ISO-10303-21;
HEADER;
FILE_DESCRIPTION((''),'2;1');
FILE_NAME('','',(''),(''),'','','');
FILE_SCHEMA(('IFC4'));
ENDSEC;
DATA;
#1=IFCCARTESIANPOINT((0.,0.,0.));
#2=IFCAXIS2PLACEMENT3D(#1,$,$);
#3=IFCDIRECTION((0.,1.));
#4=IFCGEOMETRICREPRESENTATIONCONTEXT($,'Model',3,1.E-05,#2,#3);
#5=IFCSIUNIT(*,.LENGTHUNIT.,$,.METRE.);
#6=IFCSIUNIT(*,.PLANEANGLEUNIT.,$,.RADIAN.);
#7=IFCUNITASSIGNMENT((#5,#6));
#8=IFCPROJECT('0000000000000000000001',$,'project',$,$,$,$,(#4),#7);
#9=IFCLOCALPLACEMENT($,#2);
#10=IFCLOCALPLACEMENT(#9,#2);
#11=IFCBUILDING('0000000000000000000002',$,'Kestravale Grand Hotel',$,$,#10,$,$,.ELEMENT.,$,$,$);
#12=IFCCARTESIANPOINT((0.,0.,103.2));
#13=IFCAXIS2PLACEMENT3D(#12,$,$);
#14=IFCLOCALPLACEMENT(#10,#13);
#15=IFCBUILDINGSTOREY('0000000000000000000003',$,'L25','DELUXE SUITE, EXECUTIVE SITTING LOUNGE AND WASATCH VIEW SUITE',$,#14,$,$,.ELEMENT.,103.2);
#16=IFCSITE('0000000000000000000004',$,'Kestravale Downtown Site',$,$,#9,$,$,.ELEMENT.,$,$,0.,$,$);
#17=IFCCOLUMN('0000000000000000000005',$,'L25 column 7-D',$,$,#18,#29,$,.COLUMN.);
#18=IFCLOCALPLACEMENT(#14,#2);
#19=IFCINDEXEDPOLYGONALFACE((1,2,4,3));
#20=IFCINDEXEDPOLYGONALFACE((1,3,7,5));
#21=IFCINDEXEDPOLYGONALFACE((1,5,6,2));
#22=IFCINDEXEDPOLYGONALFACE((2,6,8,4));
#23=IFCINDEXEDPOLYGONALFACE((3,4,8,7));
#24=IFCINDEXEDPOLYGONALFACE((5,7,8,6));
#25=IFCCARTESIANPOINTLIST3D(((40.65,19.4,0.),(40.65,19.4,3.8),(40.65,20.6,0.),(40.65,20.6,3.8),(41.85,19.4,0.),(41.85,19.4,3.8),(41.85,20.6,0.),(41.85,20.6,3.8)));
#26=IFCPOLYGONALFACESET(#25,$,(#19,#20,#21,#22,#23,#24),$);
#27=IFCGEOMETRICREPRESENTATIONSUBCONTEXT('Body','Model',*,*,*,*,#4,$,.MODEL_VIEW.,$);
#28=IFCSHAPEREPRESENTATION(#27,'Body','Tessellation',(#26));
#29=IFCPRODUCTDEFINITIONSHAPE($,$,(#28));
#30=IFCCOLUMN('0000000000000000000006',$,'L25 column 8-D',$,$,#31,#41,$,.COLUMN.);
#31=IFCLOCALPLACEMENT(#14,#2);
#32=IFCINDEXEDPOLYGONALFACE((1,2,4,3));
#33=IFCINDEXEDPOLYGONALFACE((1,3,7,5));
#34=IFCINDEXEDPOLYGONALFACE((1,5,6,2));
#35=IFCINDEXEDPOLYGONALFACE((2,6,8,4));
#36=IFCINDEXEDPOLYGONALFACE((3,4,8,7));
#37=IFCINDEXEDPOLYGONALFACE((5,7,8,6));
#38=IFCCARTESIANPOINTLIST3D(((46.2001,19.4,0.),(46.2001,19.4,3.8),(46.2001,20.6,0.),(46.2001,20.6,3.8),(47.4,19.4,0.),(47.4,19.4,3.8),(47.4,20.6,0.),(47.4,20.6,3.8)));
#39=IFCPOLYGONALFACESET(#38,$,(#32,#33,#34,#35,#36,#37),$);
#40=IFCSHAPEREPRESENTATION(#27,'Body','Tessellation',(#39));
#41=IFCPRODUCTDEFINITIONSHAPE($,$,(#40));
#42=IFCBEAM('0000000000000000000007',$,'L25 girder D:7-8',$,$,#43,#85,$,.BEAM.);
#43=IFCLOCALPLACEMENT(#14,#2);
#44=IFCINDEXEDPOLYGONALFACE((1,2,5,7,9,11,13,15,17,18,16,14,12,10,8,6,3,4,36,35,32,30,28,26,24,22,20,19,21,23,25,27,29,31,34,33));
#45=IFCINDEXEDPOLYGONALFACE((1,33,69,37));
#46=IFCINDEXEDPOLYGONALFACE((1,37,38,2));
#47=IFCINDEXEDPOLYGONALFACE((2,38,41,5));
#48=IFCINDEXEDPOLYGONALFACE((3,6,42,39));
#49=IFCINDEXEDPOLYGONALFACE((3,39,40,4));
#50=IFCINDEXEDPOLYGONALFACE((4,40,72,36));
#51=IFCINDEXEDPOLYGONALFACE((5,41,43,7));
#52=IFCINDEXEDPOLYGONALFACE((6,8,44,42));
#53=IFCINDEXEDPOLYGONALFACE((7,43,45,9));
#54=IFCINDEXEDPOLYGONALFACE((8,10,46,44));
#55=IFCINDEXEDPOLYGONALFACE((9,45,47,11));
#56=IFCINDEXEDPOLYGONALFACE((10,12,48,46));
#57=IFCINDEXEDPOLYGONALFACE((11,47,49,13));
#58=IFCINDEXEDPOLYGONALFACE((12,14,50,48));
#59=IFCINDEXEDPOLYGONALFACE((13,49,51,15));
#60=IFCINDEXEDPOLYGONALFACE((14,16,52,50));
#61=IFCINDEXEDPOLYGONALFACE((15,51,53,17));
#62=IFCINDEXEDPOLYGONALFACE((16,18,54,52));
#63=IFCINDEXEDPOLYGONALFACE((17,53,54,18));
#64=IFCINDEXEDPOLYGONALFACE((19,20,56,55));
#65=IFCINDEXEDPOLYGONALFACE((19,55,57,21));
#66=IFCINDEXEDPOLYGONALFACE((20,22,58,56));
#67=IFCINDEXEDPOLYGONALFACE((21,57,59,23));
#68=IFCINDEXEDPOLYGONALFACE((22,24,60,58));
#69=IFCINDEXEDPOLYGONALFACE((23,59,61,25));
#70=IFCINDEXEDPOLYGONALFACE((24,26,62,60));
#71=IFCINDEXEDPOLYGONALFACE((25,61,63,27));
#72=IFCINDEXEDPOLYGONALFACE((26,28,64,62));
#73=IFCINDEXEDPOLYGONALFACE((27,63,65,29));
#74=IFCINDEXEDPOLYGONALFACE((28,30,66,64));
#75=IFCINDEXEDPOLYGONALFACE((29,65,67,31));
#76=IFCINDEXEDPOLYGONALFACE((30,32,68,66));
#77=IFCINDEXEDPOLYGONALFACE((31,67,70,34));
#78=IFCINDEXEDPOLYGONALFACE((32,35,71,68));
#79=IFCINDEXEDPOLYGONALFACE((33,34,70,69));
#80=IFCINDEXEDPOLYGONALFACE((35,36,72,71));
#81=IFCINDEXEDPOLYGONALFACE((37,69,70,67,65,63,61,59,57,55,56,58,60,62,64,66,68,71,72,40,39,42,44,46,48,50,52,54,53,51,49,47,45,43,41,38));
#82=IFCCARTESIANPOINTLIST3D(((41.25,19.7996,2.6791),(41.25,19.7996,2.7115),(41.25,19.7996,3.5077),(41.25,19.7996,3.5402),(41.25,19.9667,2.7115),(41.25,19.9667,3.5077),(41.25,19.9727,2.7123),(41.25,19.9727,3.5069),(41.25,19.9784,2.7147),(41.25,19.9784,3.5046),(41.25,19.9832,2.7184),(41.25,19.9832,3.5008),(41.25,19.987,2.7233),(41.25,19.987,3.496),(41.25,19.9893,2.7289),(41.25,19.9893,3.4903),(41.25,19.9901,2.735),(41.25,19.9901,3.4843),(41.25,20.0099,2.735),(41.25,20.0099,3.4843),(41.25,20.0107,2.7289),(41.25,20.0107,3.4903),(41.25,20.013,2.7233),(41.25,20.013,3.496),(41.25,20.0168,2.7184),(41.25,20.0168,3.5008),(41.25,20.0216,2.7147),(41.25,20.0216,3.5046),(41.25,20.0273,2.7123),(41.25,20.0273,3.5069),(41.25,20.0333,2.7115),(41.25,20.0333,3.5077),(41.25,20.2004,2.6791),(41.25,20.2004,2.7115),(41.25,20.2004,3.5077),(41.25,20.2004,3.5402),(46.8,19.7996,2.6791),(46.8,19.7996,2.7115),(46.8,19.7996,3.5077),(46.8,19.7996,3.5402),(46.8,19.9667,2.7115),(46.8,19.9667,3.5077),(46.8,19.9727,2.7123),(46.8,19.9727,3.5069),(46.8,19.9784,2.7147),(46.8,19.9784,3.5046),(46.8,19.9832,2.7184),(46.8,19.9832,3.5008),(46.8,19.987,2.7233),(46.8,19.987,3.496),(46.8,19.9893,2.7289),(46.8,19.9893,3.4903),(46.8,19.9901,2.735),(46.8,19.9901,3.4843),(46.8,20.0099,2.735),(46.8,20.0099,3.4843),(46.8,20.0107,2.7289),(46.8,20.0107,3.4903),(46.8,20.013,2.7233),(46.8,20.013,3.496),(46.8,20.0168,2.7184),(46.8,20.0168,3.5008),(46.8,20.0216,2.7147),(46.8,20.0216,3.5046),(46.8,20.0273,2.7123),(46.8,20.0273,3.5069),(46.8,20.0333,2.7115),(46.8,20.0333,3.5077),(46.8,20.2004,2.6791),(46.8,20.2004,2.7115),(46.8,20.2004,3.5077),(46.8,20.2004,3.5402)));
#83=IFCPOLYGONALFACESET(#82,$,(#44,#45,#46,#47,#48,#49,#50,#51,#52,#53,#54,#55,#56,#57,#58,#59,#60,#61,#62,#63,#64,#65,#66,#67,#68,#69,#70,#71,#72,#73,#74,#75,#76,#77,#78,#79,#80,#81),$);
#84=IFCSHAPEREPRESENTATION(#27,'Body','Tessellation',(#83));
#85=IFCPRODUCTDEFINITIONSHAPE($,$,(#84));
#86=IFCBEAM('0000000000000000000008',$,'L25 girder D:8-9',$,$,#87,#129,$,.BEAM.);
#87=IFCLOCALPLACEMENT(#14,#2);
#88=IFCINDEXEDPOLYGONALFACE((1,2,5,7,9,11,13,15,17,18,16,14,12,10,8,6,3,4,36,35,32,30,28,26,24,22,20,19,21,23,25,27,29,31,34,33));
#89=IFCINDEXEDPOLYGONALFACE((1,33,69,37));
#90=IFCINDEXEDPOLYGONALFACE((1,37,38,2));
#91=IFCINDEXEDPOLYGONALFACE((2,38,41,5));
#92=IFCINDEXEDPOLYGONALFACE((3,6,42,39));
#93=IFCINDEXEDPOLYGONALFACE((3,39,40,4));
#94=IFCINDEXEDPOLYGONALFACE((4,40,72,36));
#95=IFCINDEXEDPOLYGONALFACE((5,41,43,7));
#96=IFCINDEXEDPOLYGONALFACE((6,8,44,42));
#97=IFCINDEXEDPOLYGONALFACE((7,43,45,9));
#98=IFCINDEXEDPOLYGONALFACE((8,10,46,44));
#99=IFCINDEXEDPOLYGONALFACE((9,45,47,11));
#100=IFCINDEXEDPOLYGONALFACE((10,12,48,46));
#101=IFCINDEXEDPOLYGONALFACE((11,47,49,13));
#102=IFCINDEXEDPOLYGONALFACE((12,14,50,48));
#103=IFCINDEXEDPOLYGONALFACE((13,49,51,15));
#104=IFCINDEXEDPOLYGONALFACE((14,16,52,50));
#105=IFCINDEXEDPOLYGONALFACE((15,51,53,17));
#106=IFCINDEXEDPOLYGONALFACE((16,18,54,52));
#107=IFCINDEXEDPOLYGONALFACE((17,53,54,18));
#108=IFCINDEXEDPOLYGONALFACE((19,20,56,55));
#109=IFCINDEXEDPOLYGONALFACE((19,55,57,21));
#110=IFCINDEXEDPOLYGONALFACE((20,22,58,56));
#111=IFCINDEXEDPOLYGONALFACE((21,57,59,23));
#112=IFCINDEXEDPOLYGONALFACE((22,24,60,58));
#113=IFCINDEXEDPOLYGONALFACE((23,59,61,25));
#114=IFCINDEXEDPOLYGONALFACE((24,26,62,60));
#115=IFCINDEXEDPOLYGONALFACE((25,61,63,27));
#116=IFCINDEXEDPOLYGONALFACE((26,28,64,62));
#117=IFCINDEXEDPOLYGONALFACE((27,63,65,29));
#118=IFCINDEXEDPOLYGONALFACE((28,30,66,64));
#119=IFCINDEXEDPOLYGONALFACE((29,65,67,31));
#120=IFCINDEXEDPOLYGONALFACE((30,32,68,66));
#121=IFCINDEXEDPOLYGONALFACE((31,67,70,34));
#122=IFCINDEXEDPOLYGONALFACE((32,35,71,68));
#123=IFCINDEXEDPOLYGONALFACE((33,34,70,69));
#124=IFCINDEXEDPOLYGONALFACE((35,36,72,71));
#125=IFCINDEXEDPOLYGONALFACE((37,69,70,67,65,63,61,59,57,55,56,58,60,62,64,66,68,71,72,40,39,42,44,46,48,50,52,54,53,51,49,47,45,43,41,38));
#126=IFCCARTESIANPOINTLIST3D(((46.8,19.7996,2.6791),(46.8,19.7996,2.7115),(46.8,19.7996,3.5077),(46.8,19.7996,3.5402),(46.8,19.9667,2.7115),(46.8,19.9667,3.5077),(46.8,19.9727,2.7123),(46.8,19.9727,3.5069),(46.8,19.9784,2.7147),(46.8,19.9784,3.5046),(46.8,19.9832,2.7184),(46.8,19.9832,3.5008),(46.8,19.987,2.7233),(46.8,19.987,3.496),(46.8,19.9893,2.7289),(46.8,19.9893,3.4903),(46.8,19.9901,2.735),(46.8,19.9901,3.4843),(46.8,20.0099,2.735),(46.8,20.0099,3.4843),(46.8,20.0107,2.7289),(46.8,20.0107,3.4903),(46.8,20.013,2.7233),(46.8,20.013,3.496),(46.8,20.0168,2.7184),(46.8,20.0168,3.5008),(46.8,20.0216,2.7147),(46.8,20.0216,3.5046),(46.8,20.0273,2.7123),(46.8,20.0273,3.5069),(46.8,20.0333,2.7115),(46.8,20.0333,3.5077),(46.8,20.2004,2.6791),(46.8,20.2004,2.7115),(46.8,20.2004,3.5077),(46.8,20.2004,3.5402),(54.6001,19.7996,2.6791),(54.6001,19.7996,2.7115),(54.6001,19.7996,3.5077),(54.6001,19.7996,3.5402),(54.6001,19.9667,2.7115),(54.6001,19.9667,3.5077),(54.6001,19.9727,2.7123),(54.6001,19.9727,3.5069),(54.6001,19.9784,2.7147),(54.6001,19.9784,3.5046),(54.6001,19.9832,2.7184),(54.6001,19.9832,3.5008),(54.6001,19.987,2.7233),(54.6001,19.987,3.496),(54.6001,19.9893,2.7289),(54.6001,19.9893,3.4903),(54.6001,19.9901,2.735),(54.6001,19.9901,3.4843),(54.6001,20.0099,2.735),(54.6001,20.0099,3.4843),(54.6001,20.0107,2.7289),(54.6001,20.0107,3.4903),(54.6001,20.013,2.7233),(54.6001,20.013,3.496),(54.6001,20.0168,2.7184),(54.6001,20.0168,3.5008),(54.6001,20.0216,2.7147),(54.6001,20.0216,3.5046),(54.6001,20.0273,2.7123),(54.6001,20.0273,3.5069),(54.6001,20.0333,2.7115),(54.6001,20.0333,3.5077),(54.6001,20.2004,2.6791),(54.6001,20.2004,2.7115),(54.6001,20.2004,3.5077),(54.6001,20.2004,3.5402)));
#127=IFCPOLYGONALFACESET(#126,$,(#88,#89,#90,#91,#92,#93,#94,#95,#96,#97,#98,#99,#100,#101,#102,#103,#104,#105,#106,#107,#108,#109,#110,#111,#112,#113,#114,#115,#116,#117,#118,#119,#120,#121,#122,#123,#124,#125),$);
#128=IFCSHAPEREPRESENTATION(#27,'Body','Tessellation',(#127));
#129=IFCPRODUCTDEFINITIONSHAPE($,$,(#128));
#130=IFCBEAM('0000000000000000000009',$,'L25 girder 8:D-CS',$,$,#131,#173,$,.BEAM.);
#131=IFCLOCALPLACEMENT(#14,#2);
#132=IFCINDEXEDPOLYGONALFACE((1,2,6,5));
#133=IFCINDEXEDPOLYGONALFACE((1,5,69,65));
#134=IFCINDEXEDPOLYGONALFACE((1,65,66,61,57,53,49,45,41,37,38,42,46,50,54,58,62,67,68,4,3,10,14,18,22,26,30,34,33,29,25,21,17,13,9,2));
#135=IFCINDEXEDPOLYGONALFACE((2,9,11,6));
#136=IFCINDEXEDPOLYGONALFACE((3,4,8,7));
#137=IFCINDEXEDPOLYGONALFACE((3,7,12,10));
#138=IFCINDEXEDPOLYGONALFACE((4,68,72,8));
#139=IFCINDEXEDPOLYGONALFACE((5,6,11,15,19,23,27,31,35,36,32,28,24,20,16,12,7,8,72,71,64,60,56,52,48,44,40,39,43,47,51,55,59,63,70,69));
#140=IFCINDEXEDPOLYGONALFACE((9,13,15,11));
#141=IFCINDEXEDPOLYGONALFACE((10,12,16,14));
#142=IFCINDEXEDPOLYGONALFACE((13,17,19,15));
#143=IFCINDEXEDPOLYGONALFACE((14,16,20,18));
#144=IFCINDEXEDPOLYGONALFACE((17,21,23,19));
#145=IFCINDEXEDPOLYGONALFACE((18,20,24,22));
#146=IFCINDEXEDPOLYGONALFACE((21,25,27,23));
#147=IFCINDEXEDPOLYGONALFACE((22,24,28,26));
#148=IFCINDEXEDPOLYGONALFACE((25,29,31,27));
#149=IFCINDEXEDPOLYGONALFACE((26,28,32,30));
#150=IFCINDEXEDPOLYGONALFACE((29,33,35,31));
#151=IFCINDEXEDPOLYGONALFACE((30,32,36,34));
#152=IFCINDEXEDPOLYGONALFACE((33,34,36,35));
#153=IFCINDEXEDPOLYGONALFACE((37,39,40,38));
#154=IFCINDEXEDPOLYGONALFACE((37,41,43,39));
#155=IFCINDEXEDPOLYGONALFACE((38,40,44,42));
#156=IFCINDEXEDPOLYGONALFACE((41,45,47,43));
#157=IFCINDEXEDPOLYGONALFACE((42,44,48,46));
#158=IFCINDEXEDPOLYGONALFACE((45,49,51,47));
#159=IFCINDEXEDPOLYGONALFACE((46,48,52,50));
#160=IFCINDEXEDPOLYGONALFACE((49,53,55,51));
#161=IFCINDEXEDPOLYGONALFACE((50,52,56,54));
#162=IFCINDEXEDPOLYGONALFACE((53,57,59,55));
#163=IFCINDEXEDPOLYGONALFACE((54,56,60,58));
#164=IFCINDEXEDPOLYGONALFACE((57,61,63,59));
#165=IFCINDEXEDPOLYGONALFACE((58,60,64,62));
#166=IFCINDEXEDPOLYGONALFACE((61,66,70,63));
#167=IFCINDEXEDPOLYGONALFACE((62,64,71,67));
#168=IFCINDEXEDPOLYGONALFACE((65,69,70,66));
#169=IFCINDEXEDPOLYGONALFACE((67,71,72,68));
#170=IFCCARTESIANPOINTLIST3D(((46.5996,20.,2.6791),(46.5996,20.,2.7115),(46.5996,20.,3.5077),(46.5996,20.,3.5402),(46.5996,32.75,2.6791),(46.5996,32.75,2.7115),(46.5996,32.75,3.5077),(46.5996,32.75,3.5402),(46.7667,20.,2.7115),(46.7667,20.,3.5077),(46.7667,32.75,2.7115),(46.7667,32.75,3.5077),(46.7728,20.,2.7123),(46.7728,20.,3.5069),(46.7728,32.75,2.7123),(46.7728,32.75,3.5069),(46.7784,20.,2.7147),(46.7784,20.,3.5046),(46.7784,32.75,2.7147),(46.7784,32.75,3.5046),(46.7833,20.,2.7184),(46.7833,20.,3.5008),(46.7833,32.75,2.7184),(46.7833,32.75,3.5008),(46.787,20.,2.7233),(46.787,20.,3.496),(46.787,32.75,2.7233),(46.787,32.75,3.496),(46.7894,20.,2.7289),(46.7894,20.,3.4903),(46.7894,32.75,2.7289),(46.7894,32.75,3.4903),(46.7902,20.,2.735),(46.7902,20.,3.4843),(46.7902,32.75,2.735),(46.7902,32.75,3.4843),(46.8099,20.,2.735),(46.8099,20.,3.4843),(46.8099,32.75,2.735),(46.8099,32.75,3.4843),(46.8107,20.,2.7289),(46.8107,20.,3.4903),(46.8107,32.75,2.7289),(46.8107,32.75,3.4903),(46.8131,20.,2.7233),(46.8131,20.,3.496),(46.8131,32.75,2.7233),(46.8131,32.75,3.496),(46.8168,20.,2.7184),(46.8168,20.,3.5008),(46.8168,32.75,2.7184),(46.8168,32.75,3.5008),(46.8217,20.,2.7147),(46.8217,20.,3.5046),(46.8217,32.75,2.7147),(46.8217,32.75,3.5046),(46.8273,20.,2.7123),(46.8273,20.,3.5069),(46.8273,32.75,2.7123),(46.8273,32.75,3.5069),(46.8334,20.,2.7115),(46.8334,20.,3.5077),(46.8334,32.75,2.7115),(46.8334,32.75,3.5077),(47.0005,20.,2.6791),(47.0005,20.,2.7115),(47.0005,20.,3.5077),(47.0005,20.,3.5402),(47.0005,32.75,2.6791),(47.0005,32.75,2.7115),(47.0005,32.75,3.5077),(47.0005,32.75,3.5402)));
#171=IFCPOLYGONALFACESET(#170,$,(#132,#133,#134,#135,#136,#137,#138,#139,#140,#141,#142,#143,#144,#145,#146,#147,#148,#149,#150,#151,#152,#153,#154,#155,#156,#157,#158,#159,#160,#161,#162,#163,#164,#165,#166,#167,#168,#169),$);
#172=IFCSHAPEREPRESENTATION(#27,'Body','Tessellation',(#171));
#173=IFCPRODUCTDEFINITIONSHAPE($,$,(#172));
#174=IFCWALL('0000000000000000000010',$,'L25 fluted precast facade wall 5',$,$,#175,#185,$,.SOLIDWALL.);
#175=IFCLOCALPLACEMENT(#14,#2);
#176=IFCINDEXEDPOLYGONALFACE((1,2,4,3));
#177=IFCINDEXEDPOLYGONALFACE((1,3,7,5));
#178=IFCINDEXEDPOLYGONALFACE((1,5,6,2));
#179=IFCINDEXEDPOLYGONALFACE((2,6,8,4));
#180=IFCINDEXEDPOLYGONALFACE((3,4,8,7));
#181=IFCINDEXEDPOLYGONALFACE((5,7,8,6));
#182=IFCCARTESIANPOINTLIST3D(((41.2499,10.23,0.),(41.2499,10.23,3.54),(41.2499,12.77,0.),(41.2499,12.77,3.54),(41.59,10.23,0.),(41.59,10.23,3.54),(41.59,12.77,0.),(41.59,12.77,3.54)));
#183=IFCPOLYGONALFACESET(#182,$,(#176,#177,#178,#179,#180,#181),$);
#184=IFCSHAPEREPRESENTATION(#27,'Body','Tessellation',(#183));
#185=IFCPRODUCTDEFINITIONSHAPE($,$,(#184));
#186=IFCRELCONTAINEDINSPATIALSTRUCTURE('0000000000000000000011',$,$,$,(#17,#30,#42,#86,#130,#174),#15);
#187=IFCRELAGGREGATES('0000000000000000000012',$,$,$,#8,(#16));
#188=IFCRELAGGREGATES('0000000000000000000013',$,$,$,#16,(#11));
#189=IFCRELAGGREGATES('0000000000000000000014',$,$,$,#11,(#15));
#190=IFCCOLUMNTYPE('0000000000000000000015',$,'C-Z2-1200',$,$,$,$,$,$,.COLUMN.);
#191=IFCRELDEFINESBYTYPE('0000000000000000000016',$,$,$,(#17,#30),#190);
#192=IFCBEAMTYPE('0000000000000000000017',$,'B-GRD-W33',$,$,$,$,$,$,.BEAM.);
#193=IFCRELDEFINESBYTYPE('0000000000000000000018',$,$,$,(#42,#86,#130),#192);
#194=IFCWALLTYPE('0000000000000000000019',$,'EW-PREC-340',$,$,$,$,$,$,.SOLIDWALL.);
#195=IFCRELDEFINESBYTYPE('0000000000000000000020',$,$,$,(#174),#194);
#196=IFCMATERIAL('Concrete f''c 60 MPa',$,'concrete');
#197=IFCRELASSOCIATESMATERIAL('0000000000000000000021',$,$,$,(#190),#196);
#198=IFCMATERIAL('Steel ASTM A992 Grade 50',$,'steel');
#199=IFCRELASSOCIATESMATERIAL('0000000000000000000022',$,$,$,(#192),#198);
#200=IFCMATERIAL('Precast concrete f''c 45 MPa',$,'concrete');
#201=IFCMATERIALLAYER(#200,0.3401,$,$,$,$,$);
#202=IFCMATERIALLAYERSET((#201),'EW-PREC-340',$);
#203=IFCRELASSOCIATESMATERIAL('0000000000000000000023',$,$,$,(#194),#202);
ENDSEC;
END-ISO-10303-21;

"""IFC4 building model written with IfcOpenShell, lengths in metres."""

from ifc_helpers import new_model, si_unit, direction, frame, frame_2d, origin, origin_2d, place, context, subcontext, project, spatial, rectangle, i_section, extrude, material, layer, layer_set, material_profile, profile_set, type_object, element, save


model = new_model("IFC4")

# Units and contexts
model_context = context("Model", 3, precision=1e-05, world=origin(), true_north=direction((0.0, 1.0)))
body_context = subcontext(model_context, "Body", "Model", "MODEL_VIEW")
ifc_project = project(units=[si_unit("LENGTHUNIT", "METRE"), si_unit("PLANEANGLEUNIT", "RADIAN")], contexts=[model_context])

# Site, building, storey
site_placement = place(None, origin())
site = spatial("IfcSite", under=ifc_project, at=site_placement, Name="Kestravale Downtown Site", CompositionType="ELEMENT", RefElevation=0.0)
building_placement = place(site_placement, origin())
building = spatial("IfcBuilding", under=site, at=building_placement, Name="Kestravale Grand Hotel", CompositionType="ELEMENT")
storey_placement = place(building_placement, frame((0.0, 0.0, 103.2)))
storey = spatial("IfcBuildingStorey", under=building, at=storey_placement, Name="L25", Description="DELUXE SUITE, EXECUTIVE SITTING LOUNGE AND WASATCH VIEW SUITE", CompositionType="ELEMENT", Elevation=103.2)

# Columns
ifc_material_1 = material(Name="Concrete f'c 60 MPa", Category="concrete")
ifc_material_profile_1 = material_profile(ifc_material_1, rectangle(XDim=1.2, YDim=1.2, at=origin_2d()))
ifc_profile_set_1 = profile_set([ifc_material_profile_1], Name="Concrete f'c 60 MPa")
column_type = type_object("IfcColumnType", Name="C-Z2-1200", PredefinedType="COLUMN", material=ifc_profile_set_1)
for number, where, z_axis, x_axis, name in (
    (1, (41.25, 20.0, 0.0), (0.0, 0.0, 1.0), (1.0, 0.0, 0.0), "L25 column 7-D"),
    (2, (46.8, 20.0, 0.0), (0.0, 0.0, 1.0), (1.0, 0.0, 0.0), "L25 column 8-D"),
):
    element("IfcColumn", number, at=place(storey_placement, frame(where, z_axis=z_axis, x_axis=x_axis)), inside=storey, type_object=column_type, Name=name, PredefinedType="COLUMN", context=body_context, shape_type="SweptSolid", body=[
        extrude(rectangle(XDim=1.2, YDim=1.2, at=origin_2d()), origin(), (0.0, 0.0, 1.0), 3.8),
    ])

# Beams
ifc_material_2 = material(Name="Steel ASTM A992 Grade 50", Category="steel")
ifc_material_profile_2 = material_profile(ifc_material_2, i_section(OverallWidth=0.4009, OverallDepth=0.8611, WebThickness=0.0198, FlangeThickness=0.0325, FilletRadius=0.0234, at=origin_2d()))
ifc_profile_set_2 = profile_set([ifc_material_profile_2], Name="Steel ASTM A992 Grade 50")
beam_type = type_object("IfcBeamType", Name="B-GRD-W33", PredefinedType="BEAM", material=ifc_profile_set_2)
beam_1_placement = place(storey_placement, frame((41.25, 20.0, 3.1096), z_axis=(1.0, 0.0, 0.0), x_axis=(0.0, 1.0, 0.0)))
element("IfcBeam", 3, at=beam_1_placement, inside=storey, type_object=beam_type, Name="L25 girder D:7-8", PredefinedType="BEAM", context=body_context, shape_type="SweptSolid", body=[
    extrude(i_section(OverallWidth=0.4009, OverallDepth=0.8611, WebThickness=0.0198, FlangeThickness=0.0325, FilletRadius=0.0234, at=origin_2d()), origin(), (0.0, 0.0, 1.0), 5.55),
])
beam_2_placement = place(storey_placement, frame((46.8, 20.0, 3.1096), z_axis=(1.0, 0.0, 0.0), x_axis=(0.0, 1.0, 0.0)))
element("IfcBeam", 4, at=beam_2_placement, inside=storey, type_object=beam_type, Name="L25 girder D:8-9", PredefinedType="BEAM", context=body_context, shape_type="SweptSolid", body=[
    extrude(i_section(OverallWidth=0.4009, OverallDepth=0.8611, WebThickness=0.0198, FlangeThickness=0.0325, FilletRadius=0.0234, at=origin_2d()), origin(), (0.0, 0.0, 1.0), 7.8),
])
beam_3_placement = place(storey_placement, frame((46.8, 20.0, 3.1096), z_axis=(0.0, 1.0, 0.0), x_axis=(-1.0, 0.0, 0.0)))
element("IfcBeam", 5, at=beam_3_placement, inside=storey, type_object=beam_type, Name="L25 girder 8:D-CS", PredefinedType="BEAM", context=body_context, shape_type="SweptSolid", body=[
    extrude(i_section(OverallWidth=0.4009, OverallDepth=0.8611, WebThickness=0.0198, FlangeThickness=0.0325, FilletRadius=0.0234, at=origin_2d()), origin(), (0.0, 0.0, 1.0), 12.75),
])

# Wall
ifc_material_3 = material(Name="Precast concrete f'c 45 MPa", Category="concrete")
ifc_layer_1 = layer(ifc_material_3, 0.3401)
ifc_layer_set_1 = layer_set([ifc_layer_1], Name="EW-PREC-340")
wall_type_1 = type_object("IfcWallType", Name="EW-PREC-340", PredefinedType="SOLIDWALL", material=ifc_layer_set_1)
wall_1_placement = place(storey_placement, frame((41.4199, 12.77, 0.0), z_axis=(0.0, 0.0, 1.0), x_axis=(0.0, -1.0, 0.0)))
element("IfcWall", 6, at=wall_1_placement, inside=storey, type_object=wall_type_1, Name="L25 fluted precast facade wall 5", PredefinedType="SOLIDWALL", context=body_context, shape_type="SweptSolid", body=[
    extrude(rectangle(XDim=2.54, YDim=0.3401, at=frame_2d((1.27, 0.0))), origin(), (0.0, 0.0, 1.0), 3.54),
])

save(model, "model.ifc")
